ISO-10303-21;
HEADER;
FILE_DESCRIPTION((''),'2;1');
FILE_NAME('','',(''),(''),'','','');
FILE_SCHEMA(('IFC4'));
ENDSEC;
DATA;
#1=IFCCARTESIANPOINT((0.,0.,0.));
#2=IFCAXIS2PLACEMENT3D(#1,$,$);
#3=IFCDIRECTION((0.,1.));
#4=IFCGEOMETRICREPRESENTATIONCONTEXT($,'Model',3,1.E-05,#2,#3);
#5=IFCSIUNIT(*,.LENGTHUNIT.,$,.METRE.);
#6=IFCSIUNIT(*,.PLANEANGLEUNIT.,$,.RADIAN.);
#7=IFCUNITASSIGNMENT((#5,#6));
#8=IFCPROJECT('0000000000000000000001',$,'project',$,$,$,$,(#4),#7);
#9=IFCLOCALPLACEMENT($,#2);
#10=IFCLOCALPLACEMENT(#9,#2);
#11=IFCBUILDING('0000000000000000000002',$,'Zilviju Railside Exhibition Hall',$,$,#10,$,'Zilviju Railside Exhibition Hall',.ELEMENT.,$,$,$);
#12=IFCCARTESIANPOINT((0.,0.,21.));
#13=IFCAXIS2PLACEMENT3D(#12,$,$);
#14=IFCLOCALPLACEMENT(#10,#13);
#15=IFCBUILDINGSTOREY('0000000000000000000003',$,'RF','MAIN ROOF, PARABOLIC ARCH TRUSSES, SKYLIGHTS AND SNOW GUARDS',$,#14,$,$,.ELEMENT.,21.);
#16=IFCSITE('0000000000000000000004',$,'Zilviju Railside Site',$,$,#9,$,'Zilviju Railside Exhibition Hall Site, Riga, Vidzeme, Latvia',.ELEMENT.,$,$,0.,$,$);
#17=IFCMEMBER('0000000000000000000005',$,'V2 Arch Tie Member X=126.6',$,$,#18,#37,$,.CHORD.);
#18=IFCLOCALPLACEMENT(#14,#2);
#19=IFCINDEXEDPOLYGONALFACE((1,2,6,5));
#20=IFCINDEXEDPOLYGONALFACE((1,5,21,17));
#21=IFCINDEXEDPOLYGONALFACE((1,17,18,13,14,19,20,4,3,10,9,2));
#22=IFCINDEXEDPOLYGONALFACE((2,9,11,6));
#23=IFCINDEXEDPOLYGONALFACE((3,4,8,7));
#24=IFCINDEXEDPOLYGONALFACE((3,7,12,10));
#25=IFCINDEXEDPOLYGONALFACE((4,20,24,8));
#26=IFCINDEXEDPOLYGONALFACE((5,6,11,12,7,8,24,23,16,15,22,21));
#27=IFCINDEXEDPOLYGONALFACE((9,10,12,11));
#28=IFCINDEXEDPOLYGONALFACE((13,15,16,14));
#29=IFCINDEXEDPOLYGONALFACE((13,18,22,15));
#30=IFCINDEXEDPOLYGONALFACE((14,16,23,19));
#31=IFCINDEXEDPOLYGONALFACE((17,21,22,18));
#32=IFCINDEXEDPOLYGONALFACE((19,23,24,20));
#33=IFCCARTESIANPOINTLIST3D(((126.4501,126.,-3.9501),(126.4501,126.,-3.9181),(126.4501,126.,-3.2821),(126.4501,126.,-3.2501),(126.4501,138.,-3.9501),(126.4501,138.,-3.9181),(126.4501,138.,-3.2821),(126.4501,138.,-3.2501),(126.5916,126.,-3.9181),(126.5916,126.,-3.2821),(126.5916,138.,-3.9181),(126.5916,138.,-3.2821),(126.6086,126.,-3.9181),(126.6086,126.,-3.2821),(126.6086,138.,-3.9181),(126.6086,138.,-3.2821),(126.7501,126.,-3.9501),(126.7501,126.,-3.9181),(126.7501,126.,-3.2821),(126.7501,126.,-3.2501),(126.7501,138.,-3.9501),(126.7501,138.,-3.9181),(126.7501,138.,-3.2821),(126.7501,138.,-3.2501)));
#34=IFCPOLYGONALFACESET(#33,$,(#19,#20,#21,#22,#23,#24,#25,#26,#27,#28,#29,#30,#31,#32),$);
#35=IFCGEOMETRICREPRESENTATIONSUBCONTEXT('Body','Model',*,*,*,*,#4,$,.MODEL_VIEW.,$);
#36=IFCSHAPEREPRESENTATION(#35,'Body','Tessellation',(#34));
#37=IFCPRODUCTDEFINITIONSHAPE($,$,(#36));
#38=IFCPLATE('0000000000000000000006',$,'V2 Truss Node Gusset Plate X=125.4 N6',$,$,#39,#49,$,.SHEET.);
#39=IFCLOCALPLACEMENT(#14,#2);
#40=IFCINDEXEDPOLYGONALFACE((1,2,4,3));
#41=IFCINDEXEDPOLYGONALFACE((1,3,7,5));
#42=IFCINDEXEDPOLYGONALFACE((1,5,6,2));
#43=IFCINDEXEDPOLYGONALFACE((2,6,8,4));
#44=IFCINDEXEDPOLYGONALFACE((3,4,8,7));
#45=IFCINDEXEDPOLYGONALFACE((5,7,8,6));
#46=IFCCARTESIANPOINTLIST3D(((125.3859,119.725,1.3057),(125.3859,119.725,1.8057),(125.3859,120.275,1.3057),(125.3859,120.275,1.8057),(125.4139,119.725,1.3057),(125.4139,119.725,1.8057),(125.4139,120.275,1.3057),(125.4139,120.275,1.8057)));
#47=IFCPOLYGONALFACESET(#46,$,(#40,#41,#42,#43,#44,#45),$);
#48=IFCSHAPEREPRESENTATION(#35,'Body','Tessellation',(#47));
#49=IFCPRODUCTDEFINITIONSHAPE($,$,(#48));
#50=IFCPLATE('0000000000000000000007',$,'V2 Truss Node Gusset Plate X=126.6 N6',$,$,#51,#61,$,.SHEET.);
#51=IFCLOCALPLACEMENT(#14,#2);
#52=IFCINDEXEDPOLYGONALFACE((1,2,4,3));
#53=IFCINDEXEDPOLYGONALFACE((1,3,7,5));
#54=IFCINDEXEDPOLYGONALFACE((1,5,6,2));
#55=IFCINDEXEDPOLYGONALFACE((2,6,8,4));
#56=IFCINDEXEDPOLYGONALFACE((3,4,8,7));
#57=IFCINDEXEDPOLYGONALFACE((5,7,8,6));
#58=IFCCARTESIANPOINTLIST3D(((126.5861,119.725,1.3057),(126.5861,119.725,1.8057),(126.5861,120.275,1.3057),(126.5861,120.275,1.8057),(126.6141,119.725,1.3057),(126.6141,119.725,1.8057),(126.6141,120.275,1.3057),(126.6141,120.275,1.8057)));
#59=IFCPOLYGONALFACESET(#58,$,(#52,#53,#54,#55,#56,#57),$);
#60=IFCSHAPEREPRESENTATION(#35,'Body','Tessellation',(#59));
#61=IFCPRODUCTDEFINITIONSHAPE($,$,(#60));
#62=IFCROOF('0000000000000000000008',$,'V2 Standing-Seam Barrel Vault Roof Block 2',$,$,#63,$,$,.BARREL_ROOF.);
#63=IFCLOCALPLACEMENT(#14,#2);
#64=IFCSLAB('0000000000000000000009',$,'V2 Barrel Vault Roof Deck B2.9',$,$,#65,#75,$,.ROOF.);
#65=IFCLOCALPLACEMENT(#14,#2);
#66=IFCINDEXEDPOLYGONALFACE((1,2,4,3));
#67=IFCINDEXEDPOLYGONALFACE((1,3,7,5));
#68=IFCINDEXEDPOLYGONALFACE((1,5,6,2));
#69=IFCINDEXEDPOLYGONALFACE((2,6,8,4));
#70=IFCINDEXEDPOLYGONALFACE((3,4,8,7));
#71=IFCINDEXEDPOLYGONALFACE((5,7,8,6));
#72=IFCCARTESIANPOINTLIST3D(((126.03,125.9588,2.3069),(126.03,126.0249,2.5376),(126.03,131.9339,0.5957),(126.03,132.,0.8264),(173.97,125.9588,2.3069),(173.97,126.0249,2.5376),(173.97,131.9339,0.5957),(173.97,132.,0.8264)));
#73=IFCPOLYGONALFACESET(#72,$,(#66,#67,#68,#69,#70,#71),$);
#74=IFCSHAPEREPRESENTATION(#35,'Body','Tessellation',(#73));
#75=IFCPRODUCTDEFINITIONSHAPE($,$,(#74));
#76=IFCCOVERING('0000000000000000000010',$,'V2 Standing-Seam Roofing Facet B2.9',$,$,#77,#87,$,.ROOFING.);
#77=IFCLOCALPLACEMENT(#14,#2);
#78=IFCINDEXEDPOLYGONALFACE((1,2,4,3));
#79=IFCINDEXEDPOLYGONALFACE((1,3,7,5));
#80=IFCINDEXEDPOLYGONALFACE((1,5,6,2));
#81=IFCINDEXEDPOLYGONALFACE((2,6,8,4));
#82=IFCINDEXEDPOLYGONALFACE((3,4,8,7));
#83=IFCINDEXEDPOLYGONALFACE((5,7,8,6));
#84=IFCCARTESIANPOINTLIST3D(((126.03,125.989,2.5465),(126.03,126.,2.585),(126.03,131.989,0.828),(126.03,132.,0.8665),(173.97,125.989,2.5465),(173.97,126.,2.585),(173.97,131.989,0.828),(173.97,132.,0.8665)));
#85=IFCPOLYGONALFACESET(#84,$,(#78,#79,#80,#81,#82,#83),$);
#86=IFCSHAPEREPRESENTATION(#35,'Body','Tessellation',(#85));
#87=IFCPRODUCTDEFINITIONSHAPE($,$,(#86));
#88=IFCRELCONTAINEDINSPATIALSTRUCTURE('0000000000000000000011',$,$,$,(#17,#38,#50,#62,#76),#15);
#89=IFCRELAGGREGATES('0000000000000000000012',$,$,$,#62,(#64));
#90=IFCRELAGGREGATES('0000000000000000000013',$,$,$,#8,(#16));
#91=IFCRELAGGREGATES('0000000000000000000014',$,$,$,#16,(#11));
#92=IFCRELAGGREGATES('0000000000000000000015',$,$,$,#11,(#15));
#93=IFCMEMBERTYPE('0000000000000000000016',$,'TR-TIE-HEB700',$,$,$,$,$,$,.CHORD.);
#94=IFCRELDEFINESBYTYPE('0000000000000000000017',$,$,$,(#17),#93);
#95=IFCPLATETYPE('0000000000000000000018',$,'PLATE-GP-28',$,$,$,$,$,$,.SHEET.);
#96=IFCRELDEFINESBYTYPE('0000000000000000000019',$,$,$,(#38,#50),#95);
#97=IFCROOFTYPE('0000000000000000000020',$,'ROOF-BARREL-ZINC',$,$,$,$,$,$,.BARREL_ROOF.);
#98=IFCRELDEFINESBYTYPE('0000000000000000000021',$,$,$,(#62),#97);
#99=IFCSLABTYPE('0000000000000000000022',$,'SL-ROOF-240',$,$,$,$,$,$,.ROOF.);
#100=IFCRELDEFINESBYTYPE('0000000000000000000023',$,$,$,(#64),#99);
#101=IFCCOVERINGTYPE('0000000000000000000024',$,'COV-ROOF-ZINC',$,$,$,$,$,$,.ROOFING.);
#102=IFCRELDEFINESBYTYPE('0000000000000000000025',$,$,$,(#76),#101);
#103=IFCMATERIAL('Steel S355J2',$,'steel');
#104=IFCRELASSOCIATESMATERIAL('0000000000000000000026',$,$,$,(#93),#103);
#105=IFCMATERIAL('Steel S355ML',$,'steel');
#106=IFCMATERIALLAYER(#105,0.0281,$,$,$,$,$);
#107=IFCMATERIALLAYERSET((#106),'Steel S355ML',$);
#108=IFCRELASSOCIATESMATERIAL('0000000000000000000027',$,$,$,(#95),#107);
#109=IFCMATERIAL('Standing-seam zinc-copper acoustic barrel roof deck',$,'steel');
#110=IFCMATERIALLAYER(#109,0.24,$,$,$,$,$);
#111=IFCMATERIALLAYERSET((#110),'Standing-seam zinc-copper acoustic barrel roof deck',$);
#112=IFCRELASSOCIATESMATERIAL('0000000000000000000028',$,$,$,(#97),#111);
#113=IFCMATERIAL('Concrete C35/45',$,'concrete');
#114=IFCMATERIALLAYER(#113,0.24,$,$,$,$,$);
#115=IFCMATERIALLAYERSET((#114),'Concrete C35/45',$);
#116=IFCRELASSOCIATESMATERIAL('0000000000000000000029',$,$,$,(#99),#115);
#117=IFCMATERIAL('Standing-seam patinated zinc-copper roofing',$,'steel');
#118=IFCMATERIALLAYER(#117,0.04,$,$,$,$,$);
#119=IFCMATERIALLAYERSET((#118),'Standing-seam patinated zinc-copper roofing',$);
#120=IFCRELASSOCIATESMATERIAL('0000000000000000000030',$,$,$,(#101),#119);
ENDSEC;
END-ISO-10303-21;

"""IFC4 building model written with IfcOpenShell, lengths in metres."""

from ifc_helpers import new_model, si_unit, direction, frame, origin, origin_2d, place, context, subcontext, project, spatial, polyline, rectangle, i_section, outline, extrude, material, layer, layer_set, material_profile, profile_set, type_object, element, aggregate, save


model = new_model("IFC4")

# Units and contexts
model_context = context("Model", 3, precision=1e-05, world=origin(), true_north=direction((0.0, 1.0)))
body_context = subcontext(model_context, "Body", "Model", "MODEL_VIEW")
ifc_project = project(units=[si_unit("LENGTHUNIT", "METRE"), si_unit("PLANEANGLEUNIT", "RADIAN")], contexts=[model_context])

# Site, building, storey
site_placement = place(None, origin())
site = spatial("IfcSite", under=ifc_project, at=site_placement, Name="Zilviju Railside Site", LongName="Zilviju Railside Exhibition Hall Site, Riga, Vidzeme, Latvia", CompositionType="ELEMENT", RefElevation=0.0)
building_placement = place(site_placement, origin())
building = spatial("IfcBuilding", under=site, at=building_placement, Name="Zilviju Railside Exhibition Hall", LongName="Zilviju Railside Exhibition Hall", CompositionType="ELEMENT")
storey_placement = place(building_placement, frame((0.0, 0.0, 21.0)))
storey = spatial("IfcBuildingStorey", under=building, at=storey_placement, Name="RF", Description="MAIN ROOF, PARABOLIC ARCH TRUSSES, SKYLIGHTS AND SNOW GUARDS", CompositionType="ELEMENT", Elevation=21.0)

# Member
ifc_material_1 = material(Name="Steel S355J2", Category="steel")
ifc_material_profile_1 = material_profile(ifc_material_1, i_section(OverallWidth=0.3, OverallDepth=0.7, WebThickness=0.0171, FlangeThickness=0.032, at=origin_2d()), Name="HEB 700")
ifc_profile_set_1 = profile_set([ifc_material_profile_1], Name="Steel S355J2")
member_type_1 = type_object("IfcMemberType", Name="TR-TIE-HEB700", PredefinedType="CHORD", material=ifc_profile_set_1)
member_1_placement = place(storey_placement, frame((126.6001, 126.0, -3.6001), z_axis=(0.0, 1.0, 0.0), x_axis=(-1.0, 0.0, 0.0)))
element("IfcMember", 1, at=member_1_placement, inside=storey, type_object=member_type_1, Name="V2 Arch Tie Member X=126.6", PredefinedType="CHORD", context=body_context, shape_type="SweptSolid", body=[
    extrude(i_section(OverallWidth=0.3, OverallDepth=0.7, WebThickness=0.0171, FlangeThickness=0.032, at=origin_2d()), origin(), (0.0, 0.0, 1.0), 12.0),
])

# Plates
ifc_material_2 = material(Name="Steel S355ML", Category="steel")
ifc_layer_1 = layer(ifc_material_2, 0.0281)
ifc_layer_set_1 = layer_set([ifc_layer_1], Name="Steel S355ML")
plate_type = type_object("IfcPlateType", Name="PLATE-GP-28", PredefinedType="SHEET", material=ifc_layer_set_1)
for number, where, z_axis, x_axis, name in (
    (2, (125.3999, 120.0, 1.3057), (0.0, 0.0, 1.0), (1.0, 0.0, 0.0), "V2 Truss Node Gusset Plate X=125.4 N6"),
    (3, (126.6001, 120.0, 1.3057), (0.0, 0.0, 1.0), (1.0, 0.0, 0.0), "V2 Truss Node Gusset Plate X=126.6 N6"),
):
    element("IfcPlate", number, at=place(storey_placement, frame(where, z_axis=z_axis, x_axis=x_axis)), inside=storey, type_object=plate_type, Name=name, PredefinedType="SHEET", context=body_context, shape_type="SweptSolid", body=[
        extrude(rectangle(XDim=0.0281, YDim=0.55, at=origin_2d()), origin(), (0.0, 0.0, 1.0), 0.5),
    ])

# Roof, slab
ifc_material_3 = material(Name="Standing-seam zinc-copper acoustic barrel roof deck", Category="steel")
ifc_layer_2 = layer(ifc_material_3, 0.24)
ifc_layer_set_2 = layer_set([ifc_layer_2], Name="Standing-seam zinc-copper acoustic barrel roof deck")
roof_type = type_object("IfcRoofType", Name="ROOF-BARREL-ZINC", PredefinedType="BARREL_ROOF", material=ifc_layer_set_2)
roof_placement = place(storey_placement, origin())
roof = element("IfcRoof", 4, at=roof_placement, inside=storey, type_object=roof_type, Name="V2 Standing-Seam Barrel Vault Roof Block 2", PredefinedType="BARREL_ROOF")
ifc_material_4 = material(Name="Concrete C35/45", Category="concrete")
ifc_layer_3 = layer(ifc_material_4, 0.24)
ifc_layer_set_3 = layer_set([ifc_layer_3], Name="Concrete C35/45")
slab_type = type_object("IfcSlabType", Name="SL-ROOF-240", PredefinedType="ROOF", material=ifc_layer_set_3)
slab_placement = place(storey_placement, frame((126.03, 126.0249, 2.5376), z_axis=(0.0, 0.275318, 0.961353), x_axis=(1.0, 0.0, 0.0)))
slab = element("IfcSlab", 5, at=slab_placement, type_object=slab_type, Name="V2 Barrel Vault Roof Deck B2.9", PredefinedType="ROOF", context=body_context, shape_type="SweptSolid", body=[
    extrude(outline(polyline([(0.0, 0.0), (47.9399, 0.0), (47.9399, 6.2153), (0.0, 6.2153), (0.0, 0.0)])), origin(), (0.0, 0.0, -1.0), 0.24),
])
aggregate(roof, [slab])

# Covering
ifc_material_5 = material(Name="Standing-seam patinated zinc-copper roofing", Category="steel")
ifc_layer_4 = layer(ifc_material_5, 0.04)
ifc_layer_set_4 = layer_set([ifc_layer_4], Name="Standing-seam patinated zinc-copper roofing")
covering_type = type_object("IfcCoveringType", Name="COV-ROOF-ZINC", PredefinedType="ROOFING", material=ifc_layer_set_4)
covering_placement = place(storey_placement, frame((126.03, 126.0, 2.585), z_axis=(0.0, 0.275346, 0.961345), x_axis=(1.0, 0.0, 0.0)))
element("IfcCovering", 6, at=covering_placement, inside=storey, type_object=covering_type, Name="V2 Standing-Seam Roofing Facet B2.9", PredefinedType="ROOFING", context=body_context, shape_type="SweptSolid", body=[
    extrude(outline(polyline([(0.0, 0.0), (47.9399, 0.0), (47.9399, 6.2413), (0.0, 6.2413), (0.0, 0.0)])), origin(), (0.0, 0.0, -1.0), 0.04),
])

save(model, "model.ifc")
